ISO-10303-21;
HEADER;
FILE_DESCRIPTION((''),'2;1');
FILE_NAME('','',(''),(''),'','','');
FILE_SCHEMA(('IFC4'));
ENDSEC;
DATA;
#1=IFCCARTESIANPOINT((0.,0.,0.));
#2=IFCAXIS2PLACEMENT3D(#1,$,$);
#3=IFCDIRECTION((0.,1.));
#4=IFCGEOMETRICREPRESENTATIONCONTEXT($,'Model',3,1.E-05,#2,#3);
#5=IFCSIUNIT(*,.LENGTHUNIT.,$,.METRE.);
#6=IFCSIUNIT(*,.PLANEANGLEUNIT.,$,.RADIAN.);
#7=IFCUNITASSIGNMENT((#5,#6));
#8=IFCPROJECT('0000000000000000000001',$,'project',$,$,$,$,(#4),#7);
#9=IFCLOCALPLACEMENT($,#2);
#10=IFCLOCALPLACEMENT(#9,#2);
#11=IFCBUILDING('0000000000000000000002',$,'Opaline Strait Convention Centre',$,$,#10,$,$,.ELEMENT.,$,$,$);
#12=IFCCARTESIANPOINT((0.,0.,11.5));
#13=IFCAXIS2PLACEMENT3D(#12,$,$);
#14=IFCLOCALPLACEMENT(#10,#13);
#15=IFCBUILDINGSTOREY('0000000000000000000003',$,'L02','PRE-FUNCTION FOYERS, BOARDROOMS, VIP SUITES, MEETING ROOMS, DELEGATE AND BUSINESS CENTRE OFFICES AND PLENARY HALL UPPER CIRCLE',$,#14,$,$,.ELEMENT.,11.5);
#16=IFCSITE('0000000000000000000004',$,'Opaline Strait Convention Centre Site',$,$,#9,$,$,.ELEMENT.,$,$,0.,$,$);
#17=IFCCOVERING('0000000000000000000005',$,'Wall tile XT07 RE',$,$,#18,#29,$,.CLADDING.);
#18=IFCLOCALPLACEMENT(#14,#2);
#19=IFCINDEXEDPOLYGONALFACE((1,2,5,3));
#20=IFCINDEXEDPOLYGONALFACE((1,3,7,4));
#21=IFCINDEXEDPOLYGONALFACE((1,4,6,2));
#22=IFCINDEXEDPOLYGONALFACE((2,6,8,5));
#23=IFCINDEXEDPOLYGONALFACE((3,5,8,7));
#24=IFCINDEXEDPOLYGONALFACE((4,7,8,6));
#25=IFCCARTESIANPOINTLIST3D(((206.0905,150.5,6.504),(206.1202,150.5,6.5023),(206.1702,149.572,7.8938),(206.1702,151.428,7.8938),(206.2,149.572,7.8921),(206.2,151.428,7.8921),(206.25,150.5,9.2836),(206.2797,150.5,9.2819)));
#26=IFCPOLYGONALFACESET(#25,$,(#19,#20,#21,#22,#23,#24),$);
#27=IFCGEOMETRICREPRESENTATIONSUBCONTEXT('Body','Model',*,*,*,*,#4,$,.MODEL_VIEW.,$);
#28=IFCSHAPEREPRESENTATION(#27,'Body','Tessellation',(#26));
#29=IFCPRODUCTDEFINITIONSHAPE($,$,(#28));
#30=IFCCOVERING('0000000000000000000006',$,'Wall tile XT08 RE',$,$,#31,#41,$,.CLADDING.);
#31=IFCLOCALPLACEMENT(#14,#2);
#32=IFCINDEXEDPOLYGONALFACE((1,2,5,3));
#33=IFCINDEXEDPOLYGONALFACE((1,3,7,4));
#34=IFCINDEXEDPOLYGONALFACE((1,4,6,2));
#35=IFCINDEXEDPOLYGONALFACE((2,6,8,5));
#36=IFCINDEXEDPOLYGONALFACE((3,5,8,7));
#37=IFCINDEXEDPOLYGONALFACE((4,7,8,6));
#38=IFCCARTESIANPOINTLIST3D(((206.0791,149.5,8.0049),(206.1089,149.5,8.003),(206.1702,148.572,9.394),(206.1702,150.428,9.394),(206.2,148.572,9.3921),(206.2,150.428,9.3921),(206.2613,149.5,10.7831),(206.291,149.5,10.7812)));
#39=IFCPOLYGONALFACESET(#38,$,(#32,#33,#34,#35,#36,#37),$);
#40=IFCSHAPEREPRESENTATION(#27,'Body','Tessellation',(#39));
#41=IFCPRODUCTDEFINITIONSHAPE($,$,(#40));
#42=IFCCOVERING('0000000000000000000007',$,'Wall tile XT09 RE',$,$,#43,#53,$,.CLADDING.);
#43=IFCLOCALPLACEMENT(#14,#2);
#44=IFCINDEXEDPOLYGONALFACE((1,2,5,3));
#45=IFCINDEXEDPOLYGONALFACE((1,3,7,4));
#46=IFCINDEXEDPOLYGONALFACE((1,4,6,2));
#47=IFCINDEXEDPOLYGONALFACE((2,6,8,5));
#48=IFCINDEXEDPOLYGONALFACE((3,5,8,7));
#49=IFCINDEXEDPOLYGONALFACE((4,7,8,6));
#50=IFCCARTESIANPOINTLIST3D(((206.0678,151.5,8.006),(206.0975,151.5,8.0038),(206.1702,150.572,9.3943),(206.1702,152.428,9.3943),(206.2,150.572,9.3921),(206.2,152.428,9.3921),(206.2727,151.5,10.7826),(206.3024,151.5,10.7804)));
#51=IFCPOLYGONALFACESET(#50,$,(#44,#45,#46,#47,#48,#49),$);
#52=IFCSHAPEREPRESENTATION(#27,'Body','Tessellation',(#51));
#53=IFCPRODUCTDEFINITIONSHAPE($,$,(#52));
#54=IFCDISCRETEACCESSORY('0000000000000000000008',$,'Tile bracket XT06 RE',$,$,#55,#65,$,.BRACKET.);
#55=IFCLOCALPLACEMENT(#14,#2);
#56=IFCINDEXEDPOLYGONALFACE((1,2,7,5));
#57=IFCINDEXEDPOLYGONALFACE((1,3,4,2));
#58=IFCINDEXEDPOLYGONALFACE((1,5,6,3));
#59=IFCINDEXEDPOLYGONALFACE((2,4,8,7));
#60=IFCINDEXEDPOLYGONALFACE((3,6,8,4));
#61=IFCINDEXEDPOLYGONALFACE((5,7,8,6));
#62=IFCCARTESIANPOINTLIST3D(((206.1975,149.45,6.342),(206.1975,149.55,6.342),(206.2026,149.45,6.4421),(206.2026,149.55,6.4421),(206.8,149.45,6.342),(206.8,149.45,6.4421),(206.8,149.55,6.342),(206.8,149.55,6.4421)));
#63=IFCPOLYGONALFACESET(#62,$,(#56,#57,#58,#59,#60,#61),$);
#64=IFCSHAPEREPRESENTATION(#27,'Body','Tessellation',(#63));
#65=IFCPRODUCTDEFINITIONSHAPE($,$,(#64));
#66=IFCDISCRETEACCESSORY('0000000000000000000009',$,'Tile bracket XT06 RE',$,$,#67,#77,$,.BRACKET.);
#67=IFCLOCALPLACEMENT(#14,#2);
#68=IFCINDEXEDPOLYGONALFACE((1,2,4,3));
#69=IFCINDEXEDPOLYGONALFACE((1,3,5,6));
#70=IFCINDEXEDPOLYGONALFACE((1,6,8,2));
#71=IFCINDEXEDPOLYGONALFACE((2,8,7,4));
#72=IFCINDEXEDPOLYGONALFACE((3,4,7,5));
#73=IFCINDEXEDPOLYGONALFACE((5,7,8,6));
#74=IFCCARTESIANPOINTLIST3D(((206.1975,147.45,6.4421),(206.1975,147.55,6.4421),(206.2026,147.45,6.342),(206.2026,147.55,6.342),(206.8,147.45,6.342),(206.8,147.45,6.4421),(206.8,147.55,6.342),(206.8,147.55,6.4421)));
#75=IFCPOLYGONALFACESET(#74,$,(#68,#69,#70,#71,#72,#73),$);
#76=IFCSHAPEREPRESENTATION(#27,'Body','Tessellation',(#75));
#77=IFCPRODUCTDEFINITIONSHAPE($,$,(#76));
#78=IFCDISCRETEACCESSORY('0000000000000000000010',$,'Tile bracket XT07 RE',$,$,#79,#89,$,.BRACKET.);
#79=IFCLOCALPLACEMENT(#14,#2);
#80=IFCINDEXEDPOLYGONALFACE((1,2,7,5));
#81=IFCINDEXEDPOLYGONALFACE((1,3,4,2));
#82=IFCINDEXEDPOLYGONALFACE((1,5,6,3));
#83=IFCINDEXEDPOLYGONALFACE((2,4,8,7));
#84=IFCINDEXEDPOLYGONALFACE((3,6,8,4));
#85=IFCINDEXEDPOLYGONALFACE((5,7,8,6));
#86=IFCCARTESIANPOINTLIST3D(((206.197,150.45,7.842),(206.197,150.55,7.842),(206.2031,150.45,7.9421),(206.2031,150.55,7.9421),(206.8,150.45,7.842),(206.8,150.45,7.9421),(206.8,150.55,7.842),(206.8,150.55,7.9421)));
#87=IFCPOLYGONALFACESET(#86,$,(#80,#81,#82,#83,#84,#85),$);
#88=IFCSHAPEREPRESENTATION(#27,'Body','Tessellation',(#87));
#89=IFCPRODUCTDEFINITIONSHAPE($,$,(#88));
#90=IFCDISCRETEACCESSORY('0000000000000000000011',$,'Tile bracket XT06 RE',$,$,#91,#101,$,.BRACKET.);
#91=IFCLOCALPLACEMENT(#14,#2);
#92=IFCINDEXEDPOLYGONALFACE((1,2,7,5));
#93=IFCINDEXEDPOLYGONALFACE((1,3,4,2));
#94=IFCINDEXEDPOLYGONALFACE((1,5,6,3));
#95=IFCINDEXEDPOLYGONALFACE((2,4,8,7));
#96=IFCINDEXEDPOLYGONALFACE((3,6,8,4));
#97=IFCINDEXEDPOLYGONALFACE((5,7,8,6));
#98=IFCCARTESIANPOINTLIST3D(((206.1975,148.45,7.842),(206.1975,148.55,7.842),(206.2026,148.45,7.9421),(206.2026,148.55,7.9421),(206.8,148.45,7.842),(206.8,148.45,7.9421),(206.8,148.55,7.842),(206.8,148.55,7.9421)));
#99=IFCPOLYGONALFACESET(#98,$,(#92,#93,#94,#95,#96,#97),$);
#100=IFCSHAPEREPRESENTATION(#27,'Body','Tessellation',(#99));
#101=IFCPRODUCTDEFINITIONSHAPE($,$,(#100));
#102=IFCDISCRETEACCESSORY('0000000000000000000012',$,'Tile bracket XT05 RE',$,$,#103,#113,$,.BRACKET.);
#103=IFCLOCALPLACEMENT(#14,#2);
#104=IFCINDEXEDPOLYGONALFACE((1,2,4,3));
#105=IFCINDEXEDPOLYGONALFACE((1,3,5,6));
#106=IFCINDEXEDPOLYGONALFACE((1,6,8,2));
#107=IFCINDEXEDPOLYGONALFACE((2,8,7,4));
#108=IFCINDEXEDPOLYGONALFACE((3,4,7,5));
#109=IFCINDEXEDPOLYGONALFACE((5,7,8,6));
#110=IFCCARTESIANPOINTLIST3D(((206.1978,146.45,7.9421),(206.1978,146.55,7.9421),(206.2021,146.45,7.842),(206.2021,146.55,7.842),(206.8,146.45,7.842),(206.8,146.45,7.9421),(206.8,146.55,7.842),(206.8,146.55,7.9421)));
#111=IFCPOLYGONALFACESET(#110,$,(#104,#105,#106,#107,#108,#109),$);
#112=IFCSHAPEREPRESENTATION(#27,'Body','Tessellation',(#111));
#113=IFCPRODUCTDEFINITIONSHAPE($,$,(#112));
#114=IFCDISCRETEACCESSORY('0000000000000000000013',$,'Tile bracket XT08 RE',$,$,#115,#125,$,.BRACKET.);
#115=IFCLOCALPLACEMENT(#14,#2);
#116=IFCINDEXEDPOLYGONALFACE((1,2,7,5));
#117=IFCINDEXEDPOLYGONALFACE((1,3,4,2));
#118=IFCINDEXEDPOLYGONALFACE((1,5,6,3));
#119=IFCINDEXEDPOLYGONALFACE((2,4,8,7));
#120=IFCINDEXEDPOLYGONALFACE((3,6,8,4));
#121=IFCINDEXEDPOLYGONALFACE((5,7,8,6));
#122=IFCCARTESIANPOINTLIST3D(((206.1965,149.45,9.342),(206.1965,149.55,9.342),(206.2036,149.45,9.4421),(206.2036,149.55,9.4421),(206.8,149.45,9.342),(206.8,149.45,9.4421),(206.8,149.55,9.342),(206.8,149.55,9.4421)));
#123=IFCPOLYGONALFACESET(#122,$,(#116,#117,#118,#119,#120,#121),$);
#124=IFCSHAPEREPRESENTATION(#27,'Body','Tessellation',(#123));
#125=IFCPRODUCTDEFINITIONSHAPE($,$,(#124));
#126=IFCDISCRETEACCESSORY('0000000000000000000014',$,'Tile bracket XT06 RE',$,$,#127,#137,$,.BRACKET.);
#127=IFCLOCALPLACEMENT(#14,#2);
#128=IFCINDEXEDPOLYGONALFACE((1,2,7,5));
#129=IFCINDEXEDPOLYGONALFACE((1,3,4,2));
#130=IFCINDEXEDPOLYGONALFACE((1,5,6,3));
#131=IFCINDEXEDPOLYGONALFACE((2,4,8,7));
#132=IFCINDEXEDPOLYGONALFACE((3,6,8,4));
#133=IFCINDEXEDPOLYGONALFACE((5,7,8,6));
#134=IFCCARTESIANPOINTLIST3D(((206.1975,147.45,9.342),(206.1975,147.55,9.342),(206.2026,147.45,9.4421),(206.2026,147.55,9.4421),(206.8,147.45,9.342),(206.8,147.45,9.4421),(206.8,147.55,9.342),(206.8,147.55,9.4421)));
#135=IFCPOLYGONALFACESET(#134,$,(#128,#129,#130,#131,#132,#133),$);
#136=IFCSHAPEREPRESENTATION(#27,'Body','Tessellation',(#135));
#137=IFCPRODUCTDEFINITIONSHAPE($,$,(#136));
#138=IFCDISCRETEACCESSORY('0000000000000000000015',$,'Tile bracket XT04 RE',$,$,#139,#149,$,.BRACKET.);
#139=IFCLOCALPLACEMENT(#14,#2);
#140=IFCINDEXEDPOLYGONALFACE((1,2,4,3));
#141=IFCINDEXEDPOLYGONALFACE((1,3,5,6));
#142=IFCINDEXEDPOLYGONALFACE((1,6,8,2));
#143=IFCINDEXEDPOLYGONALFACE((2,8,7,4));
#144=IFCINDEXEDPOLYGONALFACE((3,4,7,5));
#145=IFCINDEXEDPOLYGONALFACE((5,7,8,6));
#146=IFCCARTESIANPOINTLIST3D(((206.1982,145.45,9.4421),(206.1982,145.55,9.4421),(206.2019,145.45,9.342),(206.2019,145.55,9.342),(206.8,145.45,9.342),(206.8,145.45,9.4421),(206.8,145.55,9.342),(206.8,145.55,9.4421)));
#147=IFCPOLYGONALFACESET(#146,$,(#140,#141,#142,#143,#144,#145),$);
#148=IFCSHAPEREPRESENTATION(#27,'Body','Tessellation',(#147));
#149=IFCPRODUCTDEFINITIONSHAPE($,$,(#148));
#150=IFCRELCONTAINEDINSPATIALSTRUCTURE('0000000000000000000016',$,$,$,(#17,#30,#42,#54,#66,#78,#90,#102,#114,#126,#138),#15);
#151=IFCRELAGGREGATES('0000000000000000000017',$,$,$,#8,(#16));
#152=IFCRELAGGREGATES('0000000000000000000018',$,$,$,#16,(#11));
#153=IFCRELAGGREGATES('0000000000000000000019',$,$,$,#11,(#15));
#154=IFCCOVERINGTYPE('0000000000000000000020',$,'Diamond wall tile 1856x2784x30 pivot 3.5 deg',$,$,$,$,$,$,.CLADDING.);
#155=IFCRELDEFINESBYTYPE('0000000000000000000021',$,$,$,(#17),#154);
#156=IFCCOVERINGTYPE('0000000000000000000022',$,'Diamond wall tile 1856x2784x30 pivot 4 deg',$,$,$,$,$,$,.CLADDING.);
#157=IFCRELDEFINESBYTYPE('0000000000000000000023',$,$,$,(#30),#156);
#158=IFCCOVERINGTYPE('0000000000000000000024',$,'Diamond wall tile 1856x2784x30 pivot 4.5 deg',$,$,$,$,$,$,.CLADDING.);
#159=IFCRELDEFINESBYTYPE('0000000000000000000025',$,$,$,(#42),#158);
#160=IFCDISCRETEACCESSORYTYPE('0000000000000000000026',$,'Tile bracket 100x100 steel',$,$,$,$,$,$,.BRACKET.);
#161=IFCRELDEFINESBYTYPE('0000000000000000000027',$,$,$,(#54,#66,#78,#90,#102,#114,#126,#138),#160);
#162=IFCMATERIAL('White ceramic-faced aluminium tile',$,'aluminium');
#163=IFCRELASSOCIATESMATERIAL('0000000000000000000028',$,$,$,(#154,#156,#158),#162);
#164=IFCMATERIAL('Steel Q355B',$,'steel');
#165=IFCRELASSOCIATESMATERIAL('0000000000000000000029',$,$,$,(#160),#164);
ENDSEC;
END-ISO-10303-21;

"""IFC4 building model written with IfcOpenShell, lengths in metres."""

from ifc_helpers import new_model, si_unit, direction, frame, origin, place, context, subcontext, project, spatial, polyline, outline, extrude, material, material_profile, profile_set, type_object, element, save


model = new_model("IFC4")

# Units and contexts
model_context = context("Model", 3, precision=1e-05, world=origin(), true_north=direction((0.0, 1.0)))
body_context = subcontext(model_context, "Body", "Model", "MODEL_VIEW")
ifc_project = project(units=[si_unit("LENGTHUNIT", "METRE"), si_unit("PLANEANGLEUNIT", "RADIAN")], contexts=[model_context])

# Site, building, storey
site_placement = place(None, origin())
site = spatial("IfcSite", under=ifc_project, at=site_placement, Name="Opaline Strait Convention Centre Site", CompositionType="ELEMENT", RefElevation=0.0)
building_placement = place(site_placement, origin())
building = spatial("IfcBuilding", under=site, at=building_placement, Name="Opaline Strait Convention Centre", CompositionType="ELEMENT")
storey_placement = place(building_placement, frame((0.0, 0.0, 11.5)))
storey = spatial("IfcBuildingStorey", under=building, at=storey_placement, Name="L02", Description="PRE-FUNCTION FOYERS, BOARDROOMS, VIP SUITES, MEETING ROOMS, DELEGATE AND BUSINESS CENTRE OFFICES AND PLENARY HALL UPPER CIRCLE", CompositionType="ELEMENT", Elevation=11.5)

# Shared definitions
ifc_material_1 = material(Name="Steel Q355B", Category="steel")

# Coverings
ifc_material_2 = material(Name="White ceramic-faced aluminium tile", Category="aluminium")
ifc_material_profile_1 = material_profile(ifc_material_2, outline(polyline([(0.928, 0.0), (0.0, 1.3921), (-0.928, 0.0), (0.0, -1.3921), (0.928, 0.0)])), Name="Diamond tile 1856x2784")
ifc_profile_set_1 = profile_set([ifc_material_profile_1], Name="White ceramic-faced aluminium tile")
covering_type_1 = type_object("IfcCoveringType", Name="Diamond wall tile 1856x2784x30 pivot 3.5 deg", PredefinedType="CLADDING", material=ifc_profile_set_1)
covering_1_placement = place(storey_placement, frame((206.2, 150.5, 7.8921), z_axis=(-0.998358, 0.0, 0.057283), x_axis=(0.0, -1.0, 0.0)))
element("IfcCovering", 1, at=covering_1_placement, inside=storey, type_object=covering_type_1, Name="Wall tile XT07 RE", PredefinedType="CLADDING", context=body_context, shape_type="SweptSolid", body=[
    extrude(outline(polyline([(0.928, 0.0), (0.0, 1.3921), (-0.928, 0.0), (0.0, -1.3921), (0.928, 0.0)])), origin(), (0.0, 0.0, 1.0), 0.0298),
])
ifc_material_profile_2 = material_profile(ifc_material_2, outline(polyline([(0.928, 0.0), (0.0, 1.3921), (-0.928, 0.0), (0.0, -1.3921), (0.928, 0.0)])), Name="Diamond tile 1856x2784")
ifc_profile_set_2 = profile_set([ifc_material_profile_2], Name="White ceramic-faced aluminium tile")
covering_type_2 = type_object("IfcCoveringType", Name="Diamond wall tile 1856x2784x30 pivot 4 deg", PredefinedType="CLADDING", material=ifc_profile_set_2)
covering_2_placement = place(storey_placement, frame((206.2, 149.5, 9.3921), z_axis=(-0.997857, 0.0, 0.065433), x_axis=(0.0, -1.0, 0.0)))
element("IfcCovering", 2, at=covering_2_placement, inside=storey, type_object=covering_type_2, Name="Wall tile XT08 RE", PredefinedType="CLADDING", context=body_context, shape_type="SweptSolid", body=[
    extrude(outline(polyline([(0.928, 0.0), (0.0, 1.3921), (-0.928, 0.0), (0.0, -1.3921), (0.928, 0.0)])), origin(), (0.0, 0.0, 1.0), 0.0298),
])
ifc_material_profile_3 = material_profile(ifc_material_2, outline(polyline([(0.928, 0.0), (0.0, 1.3921), (-0.928, 0.0), (0.0, -1.3921), (0.928, 0.0)])), Name="Diamond tile 1856x2784")
ifc_profile_set_3 = profile_set([ifc_material_profile_3], Name="White ceramic-faced aluminium tile")
covering_type_3 = type_object("IfcCoveringType", Name="Diamond wall tile 1856x2784x30 pivot 4.5 deg", PredefinedType="CLADDING", material=ifc_profile_set_3)
covering_3_placement = place(storey_placement, frame((206.2, 151.5, 9.3921), z_axis=(-0.99729, 0.0, 0.073571), x_axis=(0.0, -1.0, 0.0)))
element("IfcCovering", 3, at=covering_3_placement, inside=storey, type_object=covering_type_3, Name="Wall tile XT09 RE", PredefinedType="CLADDING", context=body_context, shape_type="SweptSolid", body=[
    extrude(outline(polyline([(0.928, 0.0), (0.0, 1.3921), (-0.928, 0.0), (0.0, -1.3921), (0.928, 0.0)])), origin(), (0.0, 0.0, 1.0), 0.0298),
])

# Discrete accessories
discrete_accessory_type = type_object("IfcDiscreteAccessoryType", Name="Tile bracket 100x100 steel", PredefinedType="BRACKET", material=ifc_material_1)
discrete_accessory_1_placement = place(storey_placement, frame((206.8, 149.55, 6.3921), z_axis=(0.0, -1.0, 0.0), x_axis=(1.0, 0.0, 0.0)))
element("IfcDiscreteAccessory", 4, at=discrete_accessory_1_placement, inside=storey, type_object=discrete_accessory_type, Name="Tile bracket XT06 RE", PredefinedType="BRACKET", context=body_context, shape_type="SweptSolid", body=[
    extrude(outline(polyline([(0.0, -0.05), (0.0, 0.05), (-0.5974, 0.05), (-0.6025, -0.05), (0.0, -0.05)])), origin(), (0.0, 0.0, 1.0), 0.1001),
])
discrete_accessory_2_placement = place(storey_placement, frame((206.8, 147.55, 6.3921), z_axis=(0.0, -1.0, 0.0), x_axis=(1.0, 0.0, 0.0)))
element("IfcDiscreteAccessory", 5, at=discrete_accessory_2_placement, inside=storey, type_object=discrete_accessory_type, Name="Tile bracket XT06 RE", PredefinedType="BRACKET", context=body_context, shape_type="SweptSolid", body=[
    extrude(outline(polyline([(0.0, -0.05), (0.0, 0.05), (-0.6025, 0.05), (-0.5974, -0.05), (0.0, -0.05)])), origin(), (0.0, 0.0, 1.0), 0.1001),
])
discrete_accessory_3_placement = place(storey_placement, frame((206.8, 150.55, 7.8921), z_axis=(0.0, -1.0, 0.0), x_axis=(1.0, 0.0, 0.0)))
element("IfcDiscreteAccessory", 6, at=discrete_accessory_3_placement, inside=storey, type_object=discrete_accessory_type, Name="Tile bracket XT07 RE", PredefinedType="BRACKET", context=body_context, shape_type="SweptSolid", body=[
    extrude(outline(polyline([(0.0, -0.05), (0.0, 0.05), (-0.5969, 0.05), (-0.603, -0.05), (0.0, -0.05)])), origin(), (0.0, 0.0, 1.0), 0.1001),
])
discrete_accessory_4_placement = place(storey_placement, frame((206.8, 148.55, 7.8921), z_axis=(0.0, -1.0, 0.0), x_axis=(1.0, 0.0, 0.0)))
element("IfcDiscreteAccessory", 7, at=discrete_accessory_4_placement, inside=storey, type_object=discrete_accessory_type, Name="Tile bracket XT06 RE", PredefinedType="BRACKET", context=body_context, shape_type="SweptSolid", body=[
    extrude(outline(polyline([(0.0, -0.05), (0.0, 0.05), (-0.5974, 0.05), (-0.6025, -0.05), (0.0, -0.05)])), origin(), (0.0, 0.0, 1.0), 0.1001),
])
discrete_accessory_5_placement = place(storey_placement, frame((206.8, 146.55, 7.8921), z_axis=(0.0, -1.0, 0.0), x_axis=(1.0, 0.0, 0.0)))
element("IfcDiscreteAccessory", 8, at=discrete_accessory_5_placement, inside=storey, type_object=discrete_accessory_type, Name="Tile bracket XT05 RE", PredefinedType="BRACKET", context=body_context, shape_type="SweptSolid", body=[
    extrude(outline(polyline([(0.0, -0.05), (0.0, 0.05), (-0.6023, 0.05), (-0.5979, -0.05), (0.0, -0.05)])), origin(), (0.0, 0.0, 1.0), 0.1001),
])
discrete_accessory_6_placement = place(storey_placement, frame((206.8, 149.55, 9.3921), z_axis=(0.0, -1.0, 0.0), x_axis=(1.0, 0.0, 0.0)))
element("IfcDiscreteAccessory", 9, at=discrete_accessory_6_placement, inside=storey, type_object=discrete_accessory_type, Name="Tile bracket XT08 RE", PredefinedType="BRACKET", context=body_context, shape_type="SweptSolid", body=[
    extrude(outline(polyline([(0.0, -0.05), (0.0, 0.05), (-0.5964, 0.05), (-0.6035, -0.05), (0.0, -0.05)])), origin(), (0.0, 0.0, 1.0), 0.1001),
])
discrete_accessory_7_placement = place(storey_placement, frame((206.8, 147.55, 9.3921), z_axis=(0.0, -1.0, 0.0), x_axis=(1.0, 0.0, 0.0)))
element("IfcDiscreteAccessory", 10, at=discrete_accessory_7_placement, inside=storey, type_object=discrete_accessory_type, Name="Tile bracket XT06 RE", PredefinedType="BRACKET", context=body_context, shape_type="SweptSolid", body=[
    extrude(outline(polyline([(0.0, -0.05), (0.0, 0.05), (-0.5974, 0.05), (-0.6025, -0.05), (0.0, -0.05)])), origin(), (0.0, 0.0, 1.0), 0.1001),
])
discrete_accessory_8_placement = place(storey_placement, frame((206.8, 145.55, 9.3921), z_axis=(0.0, -1.0, 0.0), x_axis=(1.0, 0.0, 0.0)))
element("IfcDiscreteAccessory", 11, at=discrete_accessory_8_placement, inside=storey, type_object=discrete_accessory_type, Name="Tile bracket XT04 RE", PredefinedType="BRACKET", context=body_context, shape_type="SweptSolid", body=[
    extrude(outline(polyline([(0.0, -0.05), (0.0, 0.05), (-0.6018, 0.05), (-0.5981, -0.05), (0.0, -0.05)])), origin(), (0.0, 0.0, 1.0), 0.1001),
])

save(model, "model.ifc")
